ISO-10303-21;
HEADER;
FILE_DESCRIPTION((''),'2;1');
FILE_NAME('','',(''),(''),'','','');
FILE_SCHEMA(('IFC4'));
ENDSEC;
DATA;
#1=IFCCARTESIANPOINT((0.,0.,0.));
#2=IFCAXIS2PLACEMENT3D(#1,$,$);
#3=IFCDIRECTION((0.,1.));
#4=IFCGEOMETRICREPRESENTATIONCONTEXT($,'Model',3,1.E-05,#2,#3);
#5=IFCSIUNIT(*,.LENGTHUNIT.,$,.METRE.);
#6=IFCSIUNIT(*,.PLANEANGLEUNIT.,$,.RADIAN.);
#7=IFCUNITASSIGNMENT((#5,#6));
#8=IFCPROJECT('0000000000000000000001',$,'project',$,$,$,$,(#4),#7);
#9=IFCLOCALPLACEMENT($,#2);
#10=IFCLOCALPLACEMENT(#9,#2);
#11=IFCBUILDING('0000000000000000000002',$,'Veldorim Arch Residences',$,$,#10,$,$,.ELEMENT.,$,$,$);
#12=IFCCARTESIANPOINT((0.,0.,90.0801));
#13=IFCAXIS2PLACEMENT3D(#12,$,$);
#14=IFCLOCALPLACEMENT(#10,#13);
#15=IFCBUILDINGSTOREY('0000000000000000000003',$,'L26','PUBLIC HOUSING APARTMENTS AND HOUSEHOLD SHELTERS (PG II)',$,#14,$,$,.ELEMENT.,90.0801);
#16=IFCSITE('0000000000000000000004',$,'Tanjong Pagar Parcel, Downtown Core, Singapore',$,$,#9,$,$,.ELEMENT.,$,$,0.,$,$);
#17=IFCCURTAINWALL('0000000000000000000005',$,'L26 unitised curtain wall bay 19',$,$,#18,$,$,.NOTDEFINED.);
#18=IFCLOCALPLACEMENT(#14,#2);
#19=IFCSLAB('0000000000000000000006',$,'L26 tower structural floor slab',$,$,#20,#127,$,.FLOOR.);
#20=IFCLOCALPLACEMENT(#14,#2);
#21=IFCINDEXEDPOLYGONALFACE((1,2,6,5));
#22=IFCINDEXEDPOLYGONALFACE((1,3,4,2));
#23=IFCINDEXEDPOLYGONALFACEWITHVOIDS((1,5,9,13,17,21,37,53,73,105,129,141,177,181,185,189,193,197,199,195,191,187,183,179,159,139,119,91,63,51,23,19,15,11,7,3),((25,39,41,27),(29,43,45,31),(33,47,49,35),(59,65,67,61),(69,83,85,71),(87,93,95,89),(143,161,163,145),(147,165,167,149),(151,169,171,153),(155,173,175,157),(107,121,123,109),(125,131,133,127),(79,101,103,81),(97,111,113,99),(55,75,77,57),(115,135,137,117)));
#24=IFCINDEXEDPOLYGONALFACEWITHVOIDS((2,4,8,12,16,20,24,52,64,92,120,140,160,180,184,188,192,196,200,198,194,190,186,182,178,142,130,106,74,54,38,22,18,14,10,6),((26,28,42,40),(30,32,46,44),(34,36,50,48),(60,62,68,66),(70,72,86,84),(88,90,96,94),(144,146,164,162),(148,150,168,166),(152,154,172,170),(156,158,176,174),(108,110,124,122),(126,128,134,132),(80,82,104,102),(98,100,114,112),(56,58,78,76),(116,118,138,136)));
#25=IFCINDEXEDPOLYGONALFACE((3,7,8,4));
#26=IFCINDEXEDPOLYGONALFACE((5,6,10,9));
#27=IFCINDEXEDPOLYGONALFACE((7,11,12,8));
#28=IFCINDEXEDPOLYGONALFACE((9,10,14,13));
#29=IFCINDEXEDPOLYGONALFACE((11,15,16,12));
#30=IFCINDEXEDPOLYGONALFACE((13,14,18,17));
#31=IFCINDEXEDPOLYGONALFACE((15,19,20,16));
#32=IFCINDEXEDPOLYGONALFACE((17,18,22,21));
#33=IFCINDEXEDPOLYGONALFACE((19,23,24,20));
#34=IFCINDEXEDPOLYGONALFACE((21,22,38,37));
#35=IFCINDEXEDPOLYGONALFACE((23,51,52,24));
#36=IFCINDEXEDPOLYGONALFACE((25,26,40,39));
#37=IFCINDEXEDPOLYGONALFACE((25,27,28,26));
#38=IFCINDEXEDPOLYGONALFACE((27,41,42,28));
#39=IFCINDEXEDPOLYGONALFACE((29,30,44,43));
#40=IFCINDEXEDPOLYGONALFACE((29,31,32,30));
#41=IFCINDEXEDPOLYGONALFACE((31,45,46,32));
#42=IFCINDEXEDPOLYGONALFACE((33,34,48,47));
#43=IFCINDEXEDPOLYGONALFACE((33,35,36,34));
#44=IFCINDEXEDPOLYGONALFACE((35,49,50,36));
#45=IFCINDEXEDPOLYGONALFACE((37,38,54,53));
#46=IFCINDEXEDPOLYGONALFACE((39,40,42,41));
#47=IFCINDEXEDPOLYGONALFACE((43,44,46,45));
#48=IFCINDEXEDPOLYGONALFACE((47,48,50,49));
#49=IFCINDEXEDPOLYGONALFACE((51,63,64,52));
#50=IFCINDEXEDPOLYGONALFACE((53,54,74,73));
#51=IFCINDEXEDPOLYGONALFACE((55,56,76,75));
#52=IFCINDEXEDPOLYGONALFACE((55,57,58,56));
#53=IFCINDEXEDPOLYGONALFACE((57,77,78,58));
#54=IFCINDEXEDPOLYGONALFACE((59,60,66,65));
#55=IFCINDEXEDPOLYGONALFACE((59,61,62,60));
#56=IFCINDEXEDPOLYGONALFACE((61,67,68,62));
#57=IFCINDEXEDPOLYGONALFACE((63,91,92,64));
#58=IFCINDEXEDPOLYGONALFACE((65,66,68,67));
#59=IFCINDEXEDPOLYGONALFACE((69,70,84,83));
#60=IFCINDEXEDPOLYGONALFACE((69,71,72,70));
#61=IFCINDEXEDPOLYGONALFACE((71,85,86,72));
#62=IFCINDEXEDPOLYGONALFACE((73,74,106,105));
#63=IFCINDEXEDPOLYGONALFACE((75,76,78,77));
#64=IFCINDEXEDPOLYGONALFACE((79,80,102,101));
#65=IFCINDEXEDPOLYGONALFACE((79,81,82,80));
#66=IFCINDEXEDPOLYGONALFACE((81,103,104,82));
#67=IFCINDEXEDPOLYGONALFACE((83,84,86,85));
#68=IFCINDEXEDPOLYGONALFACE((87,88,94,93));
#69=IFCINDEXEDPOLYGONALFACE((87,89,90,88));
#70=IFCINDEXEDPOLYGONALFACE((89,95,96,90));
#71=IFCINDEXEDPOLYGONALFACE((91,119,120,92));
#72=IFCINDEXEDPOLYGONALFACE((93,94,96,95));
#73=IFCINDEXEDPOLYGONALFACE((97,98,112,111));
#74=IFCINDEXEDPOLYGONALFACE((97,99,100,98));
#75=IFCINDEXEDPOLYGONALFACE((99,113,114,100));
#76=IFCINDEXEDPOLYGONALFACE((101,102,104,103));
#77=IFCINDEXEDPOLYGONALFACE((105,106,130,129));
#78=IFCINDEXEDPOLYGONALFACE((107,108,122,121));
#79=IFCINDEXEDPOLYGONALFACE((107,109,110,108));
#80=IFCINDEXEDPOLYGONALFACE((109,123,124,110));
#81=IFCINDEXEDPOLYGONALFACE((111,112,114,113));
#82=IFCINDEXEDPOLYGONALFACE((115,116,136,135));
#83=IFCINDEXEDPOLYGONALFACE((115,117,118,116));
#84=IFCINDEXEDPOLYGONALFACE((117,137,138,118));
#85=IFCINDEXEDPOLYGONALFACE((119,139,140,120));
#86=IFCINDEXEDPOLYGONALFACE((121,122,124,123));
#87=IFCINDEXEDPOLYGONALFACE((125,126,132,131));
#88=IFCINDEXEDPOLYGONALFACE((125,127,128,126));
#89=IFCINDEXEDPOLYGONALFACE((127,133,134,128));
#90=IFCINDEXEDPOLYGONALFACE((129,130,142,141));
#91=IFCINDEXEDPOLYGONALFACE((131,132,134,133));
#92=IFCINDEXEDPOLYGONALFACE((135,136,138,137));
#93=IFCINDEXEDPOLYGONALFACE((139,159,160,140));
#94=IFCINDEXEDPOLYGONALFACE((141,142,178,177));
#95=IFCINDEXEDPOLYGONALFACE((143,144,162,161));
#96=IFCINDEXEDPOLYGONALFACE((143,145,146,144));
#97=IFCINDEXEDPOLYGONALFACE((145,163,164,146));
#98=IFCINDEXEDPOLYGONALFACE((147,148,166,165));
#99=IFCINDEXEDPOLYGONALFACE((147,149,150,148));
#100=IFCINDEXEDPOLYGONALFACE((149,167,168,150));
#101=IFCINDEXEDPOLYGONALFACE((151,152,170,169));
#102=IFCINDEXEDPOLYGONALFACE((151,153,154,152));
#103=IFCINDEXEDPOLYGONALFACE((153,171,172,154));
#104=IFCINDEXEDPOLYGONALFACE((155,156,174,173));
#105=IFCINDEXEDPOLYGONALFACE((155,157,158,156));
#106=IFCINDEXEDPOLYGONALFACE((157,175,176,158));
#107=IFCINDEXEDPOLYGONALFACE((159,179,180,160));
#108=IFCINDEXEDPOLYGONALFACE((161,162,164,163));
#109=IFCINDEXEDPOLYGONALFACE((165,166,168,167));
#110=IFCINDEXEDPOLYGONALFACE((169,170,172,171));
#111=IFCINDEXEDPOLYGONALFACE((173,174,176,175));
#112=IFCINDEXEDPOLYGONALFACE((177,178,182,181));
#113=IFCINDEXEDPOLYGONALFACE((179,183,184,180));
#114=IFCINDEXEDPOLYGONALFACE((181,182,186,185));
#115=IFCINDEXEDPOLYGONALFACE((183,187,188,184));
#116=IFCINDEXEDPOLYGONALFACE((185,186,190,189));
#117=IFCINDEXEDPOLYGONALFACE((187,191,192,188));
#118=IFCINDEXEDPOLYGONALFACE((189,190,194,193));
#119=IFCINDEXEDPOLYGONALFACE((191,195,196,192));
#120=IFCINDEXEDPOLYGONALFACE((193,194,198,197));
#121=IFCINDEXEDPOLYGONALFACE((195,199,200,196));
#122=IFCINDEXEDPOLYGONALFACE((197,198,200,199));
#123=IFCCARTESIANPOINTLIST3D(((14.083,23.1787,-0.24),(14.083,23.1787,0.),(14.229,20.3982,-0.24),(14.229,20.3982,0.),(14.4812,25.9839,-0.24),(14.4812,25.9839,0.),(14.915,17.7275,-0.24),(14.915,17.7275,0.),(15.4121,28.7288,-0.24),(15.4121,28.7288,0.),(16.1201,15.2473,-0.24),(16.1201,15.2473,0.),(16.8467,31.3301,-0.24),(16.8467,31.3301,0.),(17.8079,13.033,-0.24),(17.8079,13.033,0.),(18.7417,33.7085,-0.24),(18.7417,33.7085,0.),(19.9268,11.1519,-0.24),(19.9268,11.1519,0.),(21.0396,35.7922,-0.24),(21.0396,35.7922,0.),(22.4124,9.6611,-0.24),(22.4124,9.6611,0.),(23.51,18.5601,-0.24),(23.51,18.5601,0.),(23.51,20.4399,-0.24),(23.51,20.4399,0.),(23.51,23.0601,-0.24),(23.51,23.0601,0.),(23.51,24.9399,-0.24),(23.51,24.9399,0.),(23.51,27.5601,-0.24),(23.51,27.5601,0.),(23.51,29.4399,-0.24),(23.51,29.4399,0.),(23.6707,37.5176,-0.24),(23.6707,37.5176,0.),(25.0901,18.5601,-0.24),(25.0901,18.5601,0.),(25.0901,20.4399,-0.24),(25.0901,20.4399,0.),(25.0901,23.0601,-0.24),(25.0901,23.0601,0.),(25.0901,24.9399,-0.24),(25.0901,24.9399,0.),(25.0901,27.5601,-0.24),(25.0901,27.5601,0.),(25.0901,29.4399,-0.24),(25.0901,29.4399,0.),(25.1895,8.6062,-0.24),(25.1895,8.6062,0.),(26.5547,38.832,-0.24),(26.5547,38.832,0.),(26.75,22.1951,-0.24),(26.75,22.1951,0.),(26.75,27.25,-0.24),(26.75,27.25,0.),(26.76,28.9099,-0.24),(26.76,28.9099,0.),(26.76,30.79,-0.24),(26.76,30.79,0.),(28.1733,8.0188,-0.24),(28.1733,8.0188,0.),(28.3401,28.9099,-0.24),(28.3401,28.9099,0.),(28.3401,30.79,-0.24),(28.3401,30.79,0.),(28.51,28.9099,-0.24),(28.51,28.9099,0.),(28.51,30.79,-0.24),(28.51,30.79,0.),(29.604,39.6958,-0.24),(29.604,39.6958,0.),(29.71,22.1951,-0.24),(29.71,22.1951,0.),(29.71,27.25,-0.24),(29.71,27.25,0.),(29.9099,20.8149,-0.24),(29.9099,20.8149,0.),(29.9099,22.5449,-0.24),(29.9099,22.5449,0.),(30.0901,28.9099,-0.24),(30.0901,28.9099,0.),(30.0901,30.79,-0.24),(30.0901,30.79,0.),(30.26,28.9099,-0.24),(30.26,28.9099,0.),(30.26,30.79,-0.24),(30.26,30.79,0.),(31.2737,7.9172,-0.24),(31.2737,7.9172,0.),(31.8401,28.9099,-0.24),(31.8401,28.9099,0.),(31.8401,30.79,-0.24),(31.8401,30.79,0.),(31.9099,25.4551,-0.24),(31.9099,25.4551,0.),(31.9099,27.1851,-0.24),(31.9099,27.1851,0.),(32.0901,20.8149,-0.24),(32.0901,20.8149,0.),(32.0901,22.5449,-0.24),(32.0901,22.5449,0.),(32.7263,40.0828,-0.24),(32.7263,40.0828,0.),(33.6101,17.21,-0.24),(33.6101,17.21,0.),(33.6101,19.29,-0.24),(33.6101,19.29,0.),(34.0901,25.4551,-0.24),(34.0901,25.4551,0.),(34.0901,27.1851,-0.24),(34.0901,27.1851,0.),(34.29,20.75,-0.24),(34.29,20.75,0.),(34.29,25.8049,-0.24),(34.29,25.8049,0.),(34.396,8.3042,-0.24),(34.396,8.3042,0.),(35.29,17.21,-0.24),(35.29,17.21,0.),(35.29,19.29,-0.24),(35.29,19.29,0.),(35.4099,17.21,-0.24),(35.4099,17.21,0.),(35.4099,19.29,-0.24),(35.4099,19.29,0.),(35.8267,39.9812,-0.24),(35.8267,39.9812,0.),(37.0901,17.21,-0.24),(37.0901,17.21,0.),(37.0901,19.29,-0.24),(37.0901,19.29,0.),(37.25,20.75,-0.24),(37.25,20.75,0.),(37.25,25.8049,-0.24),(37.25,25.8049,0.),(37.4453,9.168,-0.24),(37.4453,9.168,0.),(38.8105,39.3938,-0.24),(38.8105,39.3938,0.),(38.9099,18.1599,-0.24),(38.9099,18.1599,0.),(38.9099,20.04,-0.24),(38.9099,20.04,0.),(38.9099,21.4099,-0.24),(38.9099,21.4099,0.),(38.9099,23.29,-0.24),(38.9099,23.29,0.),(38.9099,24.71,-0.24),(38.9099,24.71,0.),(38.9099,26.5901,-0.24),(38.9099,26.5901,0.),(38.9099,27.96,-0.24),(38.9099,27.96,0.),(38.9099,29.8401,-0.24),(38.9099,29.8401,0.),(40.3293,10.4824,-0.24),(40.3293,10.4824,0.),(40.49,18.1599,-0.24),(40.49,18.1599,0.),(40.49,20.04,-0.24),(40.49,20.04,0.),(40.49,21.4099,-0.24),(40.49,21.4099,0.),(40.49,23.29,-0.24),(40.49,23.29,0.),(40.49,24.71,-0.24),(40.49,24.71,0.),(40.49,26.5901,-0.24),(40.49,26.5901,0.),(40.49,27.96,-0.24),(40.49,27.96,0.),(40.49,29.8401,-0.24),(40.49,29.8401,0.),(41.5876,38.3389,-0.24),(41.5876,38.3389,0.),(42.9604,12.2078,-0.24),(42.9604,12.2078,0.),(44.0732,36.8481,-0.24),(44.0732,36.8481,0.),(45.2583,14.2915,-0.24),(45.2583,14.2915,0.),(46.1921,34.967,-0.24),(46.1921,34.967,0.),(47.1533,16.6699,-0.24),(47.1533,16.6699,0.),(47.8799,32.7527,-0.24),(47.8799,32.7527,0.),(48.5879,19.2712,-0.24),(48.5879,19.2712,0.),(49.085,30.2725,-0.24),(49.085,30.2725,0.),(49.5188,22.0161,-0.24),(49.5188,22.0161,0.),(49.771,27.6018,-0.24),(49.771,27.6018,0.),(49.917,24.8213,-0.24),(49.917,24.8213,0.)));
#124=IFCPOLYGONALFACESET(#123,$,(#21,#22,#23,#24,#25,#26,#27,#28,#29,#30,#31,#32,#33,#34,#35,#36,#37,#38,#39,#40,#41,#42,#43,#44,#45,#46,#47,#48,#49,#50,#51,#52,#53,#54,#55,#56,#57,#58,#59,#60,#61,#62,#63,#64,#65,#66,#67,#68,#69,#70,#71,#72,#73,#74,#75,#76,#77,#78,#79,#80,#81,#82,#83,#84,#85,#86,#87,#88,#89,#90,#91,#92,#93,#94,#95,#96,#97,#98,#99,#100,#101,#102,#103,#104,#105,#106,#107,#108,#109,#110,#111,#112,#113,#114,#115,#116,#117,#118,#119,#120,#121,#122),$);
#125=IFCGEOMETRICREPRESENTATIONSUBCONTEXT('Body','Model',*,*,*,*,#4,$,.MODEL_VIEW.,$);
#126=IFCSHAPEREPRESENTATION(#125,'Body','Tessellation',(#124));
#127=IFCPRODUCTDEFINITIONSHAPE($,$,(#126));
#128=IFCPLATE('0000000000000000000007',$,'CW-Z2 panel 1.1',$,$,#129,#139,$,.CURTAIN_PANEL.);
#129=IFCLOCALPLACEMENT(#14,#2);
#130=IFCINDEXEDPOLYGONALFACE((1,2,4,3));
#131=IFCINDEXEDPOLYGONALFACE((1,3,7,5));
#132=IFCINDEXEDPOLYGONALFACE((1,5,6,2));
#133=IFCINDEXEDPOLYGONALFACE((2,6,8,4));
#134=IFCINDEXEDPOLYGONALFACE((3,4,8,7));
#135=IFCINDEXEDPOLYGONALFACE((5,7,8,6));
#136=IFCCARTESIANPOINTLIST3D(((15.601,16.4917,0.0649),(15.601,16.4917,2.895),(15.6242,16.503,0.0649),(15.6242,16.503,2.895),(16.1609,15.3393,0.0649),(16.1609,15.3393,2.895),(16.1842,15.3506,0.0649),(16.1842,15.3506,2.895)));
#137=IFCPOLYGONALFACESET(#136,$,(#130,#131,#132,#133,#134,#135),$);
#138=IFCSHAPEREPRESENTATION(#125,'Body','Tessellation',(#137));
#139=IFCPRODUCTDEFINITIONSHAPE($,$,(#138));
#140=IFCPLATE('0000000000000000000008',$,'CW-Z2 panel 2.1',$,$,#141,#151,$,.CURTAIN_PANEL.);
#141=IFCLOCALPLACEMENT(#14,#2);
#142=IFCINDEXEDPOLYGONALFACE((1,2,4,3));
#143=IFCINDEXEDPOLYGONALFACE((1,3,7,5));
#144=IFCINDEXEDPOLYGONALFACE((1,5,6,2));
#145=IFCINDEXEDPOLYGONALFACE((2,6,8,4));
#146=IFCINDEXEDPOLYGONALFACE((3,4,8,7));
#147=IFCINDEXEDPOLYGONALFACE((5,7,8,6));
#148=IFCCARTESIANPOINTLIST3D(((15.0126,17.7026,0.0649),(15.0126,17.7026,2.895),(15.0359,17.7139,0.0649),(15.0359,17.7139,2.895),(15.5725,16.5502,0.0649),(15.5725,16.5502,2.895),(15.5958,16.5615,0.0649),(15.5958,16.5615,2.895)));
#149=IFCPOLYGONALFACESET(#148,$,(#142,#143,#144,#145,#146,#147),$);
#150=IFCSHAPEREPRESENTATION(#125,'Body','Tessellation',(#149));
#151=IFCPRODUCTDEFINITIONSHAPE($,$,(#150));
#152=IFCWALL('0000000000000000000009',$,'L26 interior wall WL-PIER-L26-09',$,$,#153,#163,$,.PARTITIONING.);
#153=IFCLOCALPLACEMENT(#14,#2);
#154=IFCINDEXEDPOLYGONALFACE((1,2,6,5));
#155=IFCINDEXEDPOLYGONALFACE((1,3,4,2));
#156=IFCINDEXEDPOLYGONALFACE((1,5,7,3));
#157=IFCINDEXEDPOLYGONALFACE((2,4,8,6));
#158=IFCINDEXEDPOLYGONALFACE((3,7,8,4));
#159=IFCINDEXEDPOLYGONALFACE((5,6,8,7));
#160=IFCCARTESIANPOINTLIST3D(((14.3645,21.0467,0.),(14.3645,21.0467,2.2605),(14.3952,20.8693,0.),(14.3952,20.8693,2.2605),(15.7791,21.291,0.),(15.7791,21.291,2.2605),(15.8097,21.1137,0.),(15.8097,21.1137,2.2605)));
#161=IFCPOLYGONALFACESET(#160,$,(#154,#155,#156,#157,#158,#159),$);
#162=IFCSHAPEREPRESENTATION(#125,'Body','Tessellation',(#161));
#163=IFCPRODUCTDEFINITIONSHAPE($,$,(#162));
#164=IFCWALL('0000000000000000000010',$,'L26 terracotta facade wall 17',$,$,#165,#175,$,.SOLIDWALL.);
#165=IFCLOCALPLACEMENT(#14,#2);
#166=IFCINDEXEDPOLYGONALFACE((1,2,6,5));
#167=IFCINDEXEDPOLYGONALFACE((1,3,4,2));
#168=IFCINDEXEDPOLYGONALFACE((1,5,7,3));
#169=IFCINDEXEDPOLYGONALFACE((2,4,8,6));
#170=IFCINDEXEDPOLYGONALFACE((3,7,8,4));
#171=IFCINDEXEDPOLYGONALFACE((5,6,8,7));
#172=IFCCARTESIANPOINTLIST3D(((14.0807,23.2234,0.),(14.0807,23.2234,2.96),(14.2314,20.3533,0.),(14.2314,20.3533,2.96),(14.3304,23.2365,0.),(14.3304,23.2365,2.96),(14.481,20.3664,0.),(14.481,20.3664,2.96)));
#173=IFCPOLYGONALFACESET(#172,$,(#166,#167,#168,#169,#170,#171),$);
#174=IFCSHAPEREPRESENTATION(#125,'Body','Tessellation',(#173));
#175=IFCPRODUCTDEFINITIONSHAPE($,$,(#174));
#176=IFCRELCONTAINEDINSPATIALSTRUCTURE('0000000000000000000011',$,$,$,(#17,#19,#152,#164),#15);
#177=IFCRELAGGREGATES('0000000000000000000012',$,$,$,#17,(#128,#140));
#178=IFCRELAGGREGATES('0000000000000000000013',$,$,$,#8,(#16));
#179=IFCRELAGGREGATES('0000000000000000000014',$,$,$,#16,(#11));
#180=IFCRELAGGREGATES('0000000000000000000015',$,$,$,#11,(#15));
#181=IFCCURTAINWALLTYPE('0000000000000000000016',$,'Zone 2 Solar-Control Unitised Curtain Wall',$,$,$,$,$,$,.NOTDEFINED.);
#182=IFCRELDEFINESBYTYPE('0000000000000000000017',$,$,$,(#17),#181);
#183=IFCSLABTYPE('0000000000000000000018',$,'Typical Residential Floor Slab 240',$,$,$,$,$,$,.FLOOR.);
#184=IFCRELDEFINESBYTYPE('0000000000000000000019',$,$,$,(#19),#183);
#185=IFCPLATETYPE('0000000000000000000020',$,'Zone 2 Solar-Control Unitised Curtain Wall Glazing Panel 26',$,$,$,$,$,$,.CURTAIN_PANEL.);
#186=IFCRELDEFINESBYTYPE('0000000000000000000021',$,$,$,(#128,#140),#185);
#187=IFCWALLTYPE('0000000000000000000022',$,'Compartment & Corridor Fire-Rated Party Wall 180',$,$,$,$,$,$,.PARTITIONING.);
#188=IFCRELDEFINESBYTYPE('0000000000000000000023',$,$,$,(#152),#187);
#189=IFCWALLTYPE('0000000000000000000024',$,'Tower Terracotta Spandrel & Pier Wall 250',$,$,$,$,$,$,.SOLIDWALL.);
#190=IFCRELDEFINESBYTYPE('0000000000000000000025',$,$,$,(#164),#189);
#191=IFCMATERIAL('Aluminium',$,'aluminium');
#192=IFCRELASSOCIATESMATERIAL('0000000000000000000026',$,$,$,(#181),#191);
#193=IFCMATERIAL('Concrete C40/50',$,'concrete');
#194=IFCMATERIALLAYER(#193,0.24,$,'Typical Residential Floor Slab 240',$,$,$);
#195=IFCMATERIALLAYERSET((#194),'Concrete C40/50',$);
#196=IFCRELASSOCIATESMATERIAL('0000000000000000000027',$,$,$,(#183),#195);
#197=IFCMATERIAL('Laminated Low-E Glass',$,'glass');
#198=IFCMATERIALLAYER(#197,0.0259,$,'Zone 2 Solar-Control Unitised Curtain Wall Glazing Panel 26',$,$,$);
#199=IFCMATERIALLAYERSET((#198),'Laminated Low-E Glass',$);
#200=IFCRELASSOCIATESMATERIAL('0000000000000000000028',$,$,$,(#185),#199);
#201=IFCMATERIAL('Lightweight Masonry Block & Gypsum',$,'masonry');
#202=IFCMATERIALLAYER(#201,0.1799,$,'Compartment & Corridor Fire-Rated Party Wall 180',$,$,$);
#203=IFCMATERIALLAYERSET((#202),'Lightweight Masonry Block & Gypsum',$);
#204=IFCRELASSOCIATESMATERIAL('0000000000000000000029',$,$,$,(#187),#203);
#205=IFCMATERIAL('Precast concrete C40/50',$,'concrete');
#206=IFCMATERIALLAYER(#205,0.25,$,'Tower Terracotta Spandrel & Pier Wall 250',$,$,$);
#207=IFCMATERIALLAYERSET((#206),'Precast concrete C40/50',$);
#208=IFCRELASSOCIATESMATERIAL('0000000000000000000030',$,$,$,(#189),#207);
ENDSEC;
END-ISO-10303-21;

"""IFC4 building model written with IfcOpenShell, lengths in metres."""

from ifc_helpers import new_model, si_unit, direction, frame, frame_2d, origin, origin_2d, place, context, subcontext, project, spatial, polyline, rectangle, outline, extrude, material, layer, layer_set, type_object, element, aggregate, save


model = new_model("IFC4")

# Units and contexts
model_context = context("Model", 3, precision=1e-05, world=origin(), true_north=direction((0.0, 1.0)))
body_context = subcontext(model_context, "Body", "Model", "MODEL_VIEW")
ifc_project = project(units=[si_unit("LENGTHUNIT", "METRE"), si_unit("PLANEANGLEUNIT", "RADIAN")], contexts=[model_context])

# Site, building, storey
site_placement = place(None, origin())
site = spatial("IfcSite", under=ifc_project, at=site_placement, Name="Tanjong Pagar Parcel, Downtown Core, Singapore", CompositionType="ELEMENT", RefElevation=0.0)
building_placement = place(site_placement, origin())
building = spatial("IfcBuilding", under=site, at=building_placement, Name="Veldorim Arch Residences", CompositionType="ELEMENT")
storey_placement = place(building_placement, frame((0.0, 0.0, 90.0801)))
storey = spatial("IfcBuildingStorey", under=building, at=storey_placement, Name="L26", Description="PUBLIC HOUSING APARTMENTS AND HOUSEHOLD SHELTERS (PG II)", CompositionType="ELEMENT", Elevation=90.0801)

# Curtain wall
ifc_material_1 = material(Name="Aluminium", Category="aluminium")
curtain_wall_type = type_object("IfcCurtainWallType", Name="Zone 2 Solar-Control Unitised Curtain Wall", PredefinedType="NOTDEFINED", material=ifc_material_1)
curtain_wall_placement = place(storey_placement, origin())
curtain_wall = element("IfcCurtainWall", 1, at=curtain_wall_placement, inside=storey, type_object=curtain_wall_type, Name="L26 unitised curtain wall bay 19", PredefinedType="NOTDEFINED")

# Slab
ifc_material_2 = material(Name="Concrete C40/50", Category="concrete")
ifc_layer_1 = layer(ifc_material_2, 0.24, Name="Typical Residential Floor Slab 240")
ifc_layer_set_1 = layer_set([ifc_layer_1], Name="Concrete C40/50")
slab_type_1 = type_object("IfcSlabType", Name="Typical Residential Floor Slab 240", PredefinedType="FLOOR", material=ifc_layer_set_1)
slab_1_placement = place(storey_placement, frame((0.0, 0.0, -0.24)))
element("IfcSlab", 2, at=slab_1_placement, inside=storey, type_object=slab_type_1, Name="L26 tower structural floor slab", PredefinedType="FLOOR", context=body_context, shape_type="SweptSolid", body=[
    extrude(outline(polyline([(49.085, 30.2725), (47.8799, 32.7527), (46.1921, 34.967), (44.0732, 36.8481), (41.5876, 38.3389), (38.8105, 39.3938), (35.8267, 39.9812), (32.7263, 40.0828), (29.604, 39.6958), (26.5547, 38.832), (23.6707, 37.5176), (21.0396, 35.7922), (18.7417, 33.7085), (16.8467, 31.3301), (15.4121, 28.7288), (14.4812, 25.9839), (14.083, 23.1787), (14.229, 20.3982), (14.915, 17.7275), (16.1201, 15.2473), (17.8079, 13.033), (19.9268, 11.1519), (22.4124, 9.6611), (25.1895, 8.6062), (28.1733, 8.0188), (31.2737, 7.9172), (34.396, 8.3042), (37.4453, 9.168), (40.3293, 10.4824), (42.9604, 12.2078), (45.2583, 14.2915), (47.1533, 16.6699), (48.5879, 19.2712), (49.5188, 22.0161), (49.917, 24.8213), (49.771, 27.6018), (49.085, 30.2725)]), holes=[polyline([(23.51, 20.4399), (25.0901, 20.4399), (25.0901, 18.5601), (23.51, 18.5601), (23.51, 20.4399)]), polyline([(29.9099, 22.5449), (32.0901, 22.5449), (32.0901, 20.8149), (29.9099, 20.8149), (29.9099, 22.5449)]), polyline([(23.51, 24.9399), (25.0901, 24.9399), (25.0901, 23.0601), (23.51, 23.0601), (23.51, 24.9399)]), polyline([(26.75, 27.25), (29.71, 27.25), (29.71, 22.1951), (26.75, 22.1951), (26.75, 27.25)]), polyline([(23.51, 29.4399), (25.0901, 29.4399), (25.0901, 27.5601), (23.51, 27.5601), (23.51, 29.4399)]), polyline([(26.76, 30.79), (28.3401, 30.79), (28.3401, 28.9099), (26.76, 28.9099), (26.76, 30.79)]), polyline([(28.51, 30.79), (30.0901, 30.79), (30.0901, 28.9099), (28.51, 28.9099), (28.51, 30.79)]), polyline([(30.26, 30.79), (31.8401, 30.79), (31.8401, 28.9099), (30.26, 28.9099), (30.26, 30.79)]), polyline([(33.6101, 19.29), (35.29, 19.29), (35.29, 17.21), (33.6101, 17.21), (33.6101, 19.29)]), polyline([(35.4099, 19.29), (37.0901, 19.29), (37.0901, 17.21), (35.4099, 17.21), (35.4099, 19.29)]), polyline([(38.9099, 20.04), (40.49, 20.04), (40.49, 18.1599), (38.9099, 18.1599), (38.9099, 20.04)]), polyline([(38.9099, 23.29), (40.49, 23.29), (40.49, 21.4099), (38.9099, 21.4099), (38.9099, 23.29)]), polyline([(34.29, 25.8049), (37.25, 25.8049), (37.25, 20.75), (34.29, 20.75), (34.29, 25.8049)]), polyline([(38.9099, 26.5901), (40.49, 26.5901), (40.49, 24.71), (38.9099, 24.71), (38.9099, 26.5901)]), polyline([(31.9099, 27.1851), (34.0901, 27.1851), (34.0901, 25.4551), (31.9099, 25.4551), (31.9099, 27.1851)]), polyline([(38.9099, 29.8401), (40.49, 29.8401), (40.49, 27.96), (38.9099, 27.96), (38.9099, 29.8401)])]), origin(), (0.0, 0.0, 1.0), 0.24),
])

# Plates
ifc_material_3 = material(Name="Laminated Low-E Glass", Category="glass")
ifc_layer_2 = layer(ifc_material_3, 0.0259, Name="Zone 2 Solar-Control Unitised Curtain Wall Glazing Panel 26")
ifc_layer_set_2 = layer_set([ifc_layer_2], Name="Laminated Low-E Glass")
plate_type = type_object("IfcPlateType", Name="Zone 2 Solar-Control Unitised Curtain Wall Glazing Panel 26", PredefinedType="CURTAIN_PANEL", material=ifc_layer_set_2)
plate_1_placement = place(storey_placement, frame((15.8926, 15.9211, 0.0649), z_axis=(0.0, 0.0, 1.0), x_axis=(-0.437046, 0.899439, 0.0)))
plate_1 = element("IfcPlate", 3, at=plate_1_placement, type_object=plate_type, Name="CW-Z2 panel 1.1", PredefinedType="CURTAIN_PANEL", context=body_context, shape_type="SweptSolid", body=[
    extrude(rectangle(XDim=1.2812, YDim=0.0259, at=origin_2d()), origin(), (0.0, 0.0, 1.0), 2.8301),
])
plate_2_placement = place(storey_placement, frame((15.3042, 17.1321, 0.0649), z_axis=(0.0, 0.0, 1.0), x_axis=(-0.437046, 0.899439, 0.0)))
plate_2 = element("IfcPlate", 4, at=plate_2_placement, type_object=plate_type, Name="CW-Z2 panel 2.1", PredefinedType="CURTAIN_PANEL", context=body_context, shape_type="SweptSolid", body=[
    extrude(rectangle(XDim=1.2812, YDim=0.0259, at=origin_2d()), origin(), (0.0, 0.0, 1.0), 2.8301),
])
aggregate(curtain_wall, [plate_1, plate_2])

# Walls
ifc_material_4 = material(Name="Lightweight Masonry Block & Gypsum", Category="masonry")
ifc_layer_3 = layer(ifc_material_4, 0.1799, Name="Compartment & Corridor Fire-Rated Party Wall 180")
ifc_layer_set_3 = layer_set([ifc_layer_3], Name="Lightweight Masonry Block & Gypsum")
wall_type_1 = type_object("IfcWallType", Name="Compartment & Corridor Fire-Rated Party Wall 180", PredefinedType="PARTITIONING", material=ifc_layer_set_3)
wall_1_placement = place(storey_placement, frame((15.7944, 21.2024, 0.0), z_axis=(0.0, 0.0, 1.0), x_axis=(-0.985402, -0.170243, 0.0)))
element("IfcWall", 5, at=wall_1_placement, inside=storey, type_object=wall_type_1, Name="L26 interior wall WL-PIER-L26-09", PredefinedType="PARTITIONING", context=body_context, shape_type="SweptSolid", body=[
    extrude(rectangle(XDim=1.4355, YDim=0.1799, at=frame_2d((0.7178, 0.0))), origin(), (0.0, 0.0, 1.0), 2.2605),
])
ifc_material_5 = material(Name="Precast concrete C40/50", Category="concrete")
ifc_layer_4 = layer(ifc_material_5, 0.25, Name="Tower Terracotta Spandrel & Pier Wall 250")
ifc_layer_set_4 = layer_set([ifc_layer_4], Name="Precast concrete C40/50")
wall_type_2 = type_object("IfcWallType", Name="Tower Terracotta Spandrel & Pier Wall 250", PredefinedType="SOLIDWALL", material=ifc_layer_set_4)
wall_2_placement = place(storey_placement, frame((14.3562, 20.3599, 0.0), z_axis=(0.0, 0.0, 1.0), x_axis=(-0.052412, 0.998626, 0.0)))
element("IfcWall", 6, at=wall_2_placement, inside=storey, type_object=wall_type_2, Name="L26 terracotta facade wall 17", PredefinedType="SOLIDWALL", context=body_context, shape_type="SweptSolid", body=[
    extrude(rectangle(XDim=2.874, YDim=0.25, at=frame_2d((1.437, 0.0))), origin(), (0.0, 0.0, 1.0), 2.96),
])

save(model, "model.ifc")
